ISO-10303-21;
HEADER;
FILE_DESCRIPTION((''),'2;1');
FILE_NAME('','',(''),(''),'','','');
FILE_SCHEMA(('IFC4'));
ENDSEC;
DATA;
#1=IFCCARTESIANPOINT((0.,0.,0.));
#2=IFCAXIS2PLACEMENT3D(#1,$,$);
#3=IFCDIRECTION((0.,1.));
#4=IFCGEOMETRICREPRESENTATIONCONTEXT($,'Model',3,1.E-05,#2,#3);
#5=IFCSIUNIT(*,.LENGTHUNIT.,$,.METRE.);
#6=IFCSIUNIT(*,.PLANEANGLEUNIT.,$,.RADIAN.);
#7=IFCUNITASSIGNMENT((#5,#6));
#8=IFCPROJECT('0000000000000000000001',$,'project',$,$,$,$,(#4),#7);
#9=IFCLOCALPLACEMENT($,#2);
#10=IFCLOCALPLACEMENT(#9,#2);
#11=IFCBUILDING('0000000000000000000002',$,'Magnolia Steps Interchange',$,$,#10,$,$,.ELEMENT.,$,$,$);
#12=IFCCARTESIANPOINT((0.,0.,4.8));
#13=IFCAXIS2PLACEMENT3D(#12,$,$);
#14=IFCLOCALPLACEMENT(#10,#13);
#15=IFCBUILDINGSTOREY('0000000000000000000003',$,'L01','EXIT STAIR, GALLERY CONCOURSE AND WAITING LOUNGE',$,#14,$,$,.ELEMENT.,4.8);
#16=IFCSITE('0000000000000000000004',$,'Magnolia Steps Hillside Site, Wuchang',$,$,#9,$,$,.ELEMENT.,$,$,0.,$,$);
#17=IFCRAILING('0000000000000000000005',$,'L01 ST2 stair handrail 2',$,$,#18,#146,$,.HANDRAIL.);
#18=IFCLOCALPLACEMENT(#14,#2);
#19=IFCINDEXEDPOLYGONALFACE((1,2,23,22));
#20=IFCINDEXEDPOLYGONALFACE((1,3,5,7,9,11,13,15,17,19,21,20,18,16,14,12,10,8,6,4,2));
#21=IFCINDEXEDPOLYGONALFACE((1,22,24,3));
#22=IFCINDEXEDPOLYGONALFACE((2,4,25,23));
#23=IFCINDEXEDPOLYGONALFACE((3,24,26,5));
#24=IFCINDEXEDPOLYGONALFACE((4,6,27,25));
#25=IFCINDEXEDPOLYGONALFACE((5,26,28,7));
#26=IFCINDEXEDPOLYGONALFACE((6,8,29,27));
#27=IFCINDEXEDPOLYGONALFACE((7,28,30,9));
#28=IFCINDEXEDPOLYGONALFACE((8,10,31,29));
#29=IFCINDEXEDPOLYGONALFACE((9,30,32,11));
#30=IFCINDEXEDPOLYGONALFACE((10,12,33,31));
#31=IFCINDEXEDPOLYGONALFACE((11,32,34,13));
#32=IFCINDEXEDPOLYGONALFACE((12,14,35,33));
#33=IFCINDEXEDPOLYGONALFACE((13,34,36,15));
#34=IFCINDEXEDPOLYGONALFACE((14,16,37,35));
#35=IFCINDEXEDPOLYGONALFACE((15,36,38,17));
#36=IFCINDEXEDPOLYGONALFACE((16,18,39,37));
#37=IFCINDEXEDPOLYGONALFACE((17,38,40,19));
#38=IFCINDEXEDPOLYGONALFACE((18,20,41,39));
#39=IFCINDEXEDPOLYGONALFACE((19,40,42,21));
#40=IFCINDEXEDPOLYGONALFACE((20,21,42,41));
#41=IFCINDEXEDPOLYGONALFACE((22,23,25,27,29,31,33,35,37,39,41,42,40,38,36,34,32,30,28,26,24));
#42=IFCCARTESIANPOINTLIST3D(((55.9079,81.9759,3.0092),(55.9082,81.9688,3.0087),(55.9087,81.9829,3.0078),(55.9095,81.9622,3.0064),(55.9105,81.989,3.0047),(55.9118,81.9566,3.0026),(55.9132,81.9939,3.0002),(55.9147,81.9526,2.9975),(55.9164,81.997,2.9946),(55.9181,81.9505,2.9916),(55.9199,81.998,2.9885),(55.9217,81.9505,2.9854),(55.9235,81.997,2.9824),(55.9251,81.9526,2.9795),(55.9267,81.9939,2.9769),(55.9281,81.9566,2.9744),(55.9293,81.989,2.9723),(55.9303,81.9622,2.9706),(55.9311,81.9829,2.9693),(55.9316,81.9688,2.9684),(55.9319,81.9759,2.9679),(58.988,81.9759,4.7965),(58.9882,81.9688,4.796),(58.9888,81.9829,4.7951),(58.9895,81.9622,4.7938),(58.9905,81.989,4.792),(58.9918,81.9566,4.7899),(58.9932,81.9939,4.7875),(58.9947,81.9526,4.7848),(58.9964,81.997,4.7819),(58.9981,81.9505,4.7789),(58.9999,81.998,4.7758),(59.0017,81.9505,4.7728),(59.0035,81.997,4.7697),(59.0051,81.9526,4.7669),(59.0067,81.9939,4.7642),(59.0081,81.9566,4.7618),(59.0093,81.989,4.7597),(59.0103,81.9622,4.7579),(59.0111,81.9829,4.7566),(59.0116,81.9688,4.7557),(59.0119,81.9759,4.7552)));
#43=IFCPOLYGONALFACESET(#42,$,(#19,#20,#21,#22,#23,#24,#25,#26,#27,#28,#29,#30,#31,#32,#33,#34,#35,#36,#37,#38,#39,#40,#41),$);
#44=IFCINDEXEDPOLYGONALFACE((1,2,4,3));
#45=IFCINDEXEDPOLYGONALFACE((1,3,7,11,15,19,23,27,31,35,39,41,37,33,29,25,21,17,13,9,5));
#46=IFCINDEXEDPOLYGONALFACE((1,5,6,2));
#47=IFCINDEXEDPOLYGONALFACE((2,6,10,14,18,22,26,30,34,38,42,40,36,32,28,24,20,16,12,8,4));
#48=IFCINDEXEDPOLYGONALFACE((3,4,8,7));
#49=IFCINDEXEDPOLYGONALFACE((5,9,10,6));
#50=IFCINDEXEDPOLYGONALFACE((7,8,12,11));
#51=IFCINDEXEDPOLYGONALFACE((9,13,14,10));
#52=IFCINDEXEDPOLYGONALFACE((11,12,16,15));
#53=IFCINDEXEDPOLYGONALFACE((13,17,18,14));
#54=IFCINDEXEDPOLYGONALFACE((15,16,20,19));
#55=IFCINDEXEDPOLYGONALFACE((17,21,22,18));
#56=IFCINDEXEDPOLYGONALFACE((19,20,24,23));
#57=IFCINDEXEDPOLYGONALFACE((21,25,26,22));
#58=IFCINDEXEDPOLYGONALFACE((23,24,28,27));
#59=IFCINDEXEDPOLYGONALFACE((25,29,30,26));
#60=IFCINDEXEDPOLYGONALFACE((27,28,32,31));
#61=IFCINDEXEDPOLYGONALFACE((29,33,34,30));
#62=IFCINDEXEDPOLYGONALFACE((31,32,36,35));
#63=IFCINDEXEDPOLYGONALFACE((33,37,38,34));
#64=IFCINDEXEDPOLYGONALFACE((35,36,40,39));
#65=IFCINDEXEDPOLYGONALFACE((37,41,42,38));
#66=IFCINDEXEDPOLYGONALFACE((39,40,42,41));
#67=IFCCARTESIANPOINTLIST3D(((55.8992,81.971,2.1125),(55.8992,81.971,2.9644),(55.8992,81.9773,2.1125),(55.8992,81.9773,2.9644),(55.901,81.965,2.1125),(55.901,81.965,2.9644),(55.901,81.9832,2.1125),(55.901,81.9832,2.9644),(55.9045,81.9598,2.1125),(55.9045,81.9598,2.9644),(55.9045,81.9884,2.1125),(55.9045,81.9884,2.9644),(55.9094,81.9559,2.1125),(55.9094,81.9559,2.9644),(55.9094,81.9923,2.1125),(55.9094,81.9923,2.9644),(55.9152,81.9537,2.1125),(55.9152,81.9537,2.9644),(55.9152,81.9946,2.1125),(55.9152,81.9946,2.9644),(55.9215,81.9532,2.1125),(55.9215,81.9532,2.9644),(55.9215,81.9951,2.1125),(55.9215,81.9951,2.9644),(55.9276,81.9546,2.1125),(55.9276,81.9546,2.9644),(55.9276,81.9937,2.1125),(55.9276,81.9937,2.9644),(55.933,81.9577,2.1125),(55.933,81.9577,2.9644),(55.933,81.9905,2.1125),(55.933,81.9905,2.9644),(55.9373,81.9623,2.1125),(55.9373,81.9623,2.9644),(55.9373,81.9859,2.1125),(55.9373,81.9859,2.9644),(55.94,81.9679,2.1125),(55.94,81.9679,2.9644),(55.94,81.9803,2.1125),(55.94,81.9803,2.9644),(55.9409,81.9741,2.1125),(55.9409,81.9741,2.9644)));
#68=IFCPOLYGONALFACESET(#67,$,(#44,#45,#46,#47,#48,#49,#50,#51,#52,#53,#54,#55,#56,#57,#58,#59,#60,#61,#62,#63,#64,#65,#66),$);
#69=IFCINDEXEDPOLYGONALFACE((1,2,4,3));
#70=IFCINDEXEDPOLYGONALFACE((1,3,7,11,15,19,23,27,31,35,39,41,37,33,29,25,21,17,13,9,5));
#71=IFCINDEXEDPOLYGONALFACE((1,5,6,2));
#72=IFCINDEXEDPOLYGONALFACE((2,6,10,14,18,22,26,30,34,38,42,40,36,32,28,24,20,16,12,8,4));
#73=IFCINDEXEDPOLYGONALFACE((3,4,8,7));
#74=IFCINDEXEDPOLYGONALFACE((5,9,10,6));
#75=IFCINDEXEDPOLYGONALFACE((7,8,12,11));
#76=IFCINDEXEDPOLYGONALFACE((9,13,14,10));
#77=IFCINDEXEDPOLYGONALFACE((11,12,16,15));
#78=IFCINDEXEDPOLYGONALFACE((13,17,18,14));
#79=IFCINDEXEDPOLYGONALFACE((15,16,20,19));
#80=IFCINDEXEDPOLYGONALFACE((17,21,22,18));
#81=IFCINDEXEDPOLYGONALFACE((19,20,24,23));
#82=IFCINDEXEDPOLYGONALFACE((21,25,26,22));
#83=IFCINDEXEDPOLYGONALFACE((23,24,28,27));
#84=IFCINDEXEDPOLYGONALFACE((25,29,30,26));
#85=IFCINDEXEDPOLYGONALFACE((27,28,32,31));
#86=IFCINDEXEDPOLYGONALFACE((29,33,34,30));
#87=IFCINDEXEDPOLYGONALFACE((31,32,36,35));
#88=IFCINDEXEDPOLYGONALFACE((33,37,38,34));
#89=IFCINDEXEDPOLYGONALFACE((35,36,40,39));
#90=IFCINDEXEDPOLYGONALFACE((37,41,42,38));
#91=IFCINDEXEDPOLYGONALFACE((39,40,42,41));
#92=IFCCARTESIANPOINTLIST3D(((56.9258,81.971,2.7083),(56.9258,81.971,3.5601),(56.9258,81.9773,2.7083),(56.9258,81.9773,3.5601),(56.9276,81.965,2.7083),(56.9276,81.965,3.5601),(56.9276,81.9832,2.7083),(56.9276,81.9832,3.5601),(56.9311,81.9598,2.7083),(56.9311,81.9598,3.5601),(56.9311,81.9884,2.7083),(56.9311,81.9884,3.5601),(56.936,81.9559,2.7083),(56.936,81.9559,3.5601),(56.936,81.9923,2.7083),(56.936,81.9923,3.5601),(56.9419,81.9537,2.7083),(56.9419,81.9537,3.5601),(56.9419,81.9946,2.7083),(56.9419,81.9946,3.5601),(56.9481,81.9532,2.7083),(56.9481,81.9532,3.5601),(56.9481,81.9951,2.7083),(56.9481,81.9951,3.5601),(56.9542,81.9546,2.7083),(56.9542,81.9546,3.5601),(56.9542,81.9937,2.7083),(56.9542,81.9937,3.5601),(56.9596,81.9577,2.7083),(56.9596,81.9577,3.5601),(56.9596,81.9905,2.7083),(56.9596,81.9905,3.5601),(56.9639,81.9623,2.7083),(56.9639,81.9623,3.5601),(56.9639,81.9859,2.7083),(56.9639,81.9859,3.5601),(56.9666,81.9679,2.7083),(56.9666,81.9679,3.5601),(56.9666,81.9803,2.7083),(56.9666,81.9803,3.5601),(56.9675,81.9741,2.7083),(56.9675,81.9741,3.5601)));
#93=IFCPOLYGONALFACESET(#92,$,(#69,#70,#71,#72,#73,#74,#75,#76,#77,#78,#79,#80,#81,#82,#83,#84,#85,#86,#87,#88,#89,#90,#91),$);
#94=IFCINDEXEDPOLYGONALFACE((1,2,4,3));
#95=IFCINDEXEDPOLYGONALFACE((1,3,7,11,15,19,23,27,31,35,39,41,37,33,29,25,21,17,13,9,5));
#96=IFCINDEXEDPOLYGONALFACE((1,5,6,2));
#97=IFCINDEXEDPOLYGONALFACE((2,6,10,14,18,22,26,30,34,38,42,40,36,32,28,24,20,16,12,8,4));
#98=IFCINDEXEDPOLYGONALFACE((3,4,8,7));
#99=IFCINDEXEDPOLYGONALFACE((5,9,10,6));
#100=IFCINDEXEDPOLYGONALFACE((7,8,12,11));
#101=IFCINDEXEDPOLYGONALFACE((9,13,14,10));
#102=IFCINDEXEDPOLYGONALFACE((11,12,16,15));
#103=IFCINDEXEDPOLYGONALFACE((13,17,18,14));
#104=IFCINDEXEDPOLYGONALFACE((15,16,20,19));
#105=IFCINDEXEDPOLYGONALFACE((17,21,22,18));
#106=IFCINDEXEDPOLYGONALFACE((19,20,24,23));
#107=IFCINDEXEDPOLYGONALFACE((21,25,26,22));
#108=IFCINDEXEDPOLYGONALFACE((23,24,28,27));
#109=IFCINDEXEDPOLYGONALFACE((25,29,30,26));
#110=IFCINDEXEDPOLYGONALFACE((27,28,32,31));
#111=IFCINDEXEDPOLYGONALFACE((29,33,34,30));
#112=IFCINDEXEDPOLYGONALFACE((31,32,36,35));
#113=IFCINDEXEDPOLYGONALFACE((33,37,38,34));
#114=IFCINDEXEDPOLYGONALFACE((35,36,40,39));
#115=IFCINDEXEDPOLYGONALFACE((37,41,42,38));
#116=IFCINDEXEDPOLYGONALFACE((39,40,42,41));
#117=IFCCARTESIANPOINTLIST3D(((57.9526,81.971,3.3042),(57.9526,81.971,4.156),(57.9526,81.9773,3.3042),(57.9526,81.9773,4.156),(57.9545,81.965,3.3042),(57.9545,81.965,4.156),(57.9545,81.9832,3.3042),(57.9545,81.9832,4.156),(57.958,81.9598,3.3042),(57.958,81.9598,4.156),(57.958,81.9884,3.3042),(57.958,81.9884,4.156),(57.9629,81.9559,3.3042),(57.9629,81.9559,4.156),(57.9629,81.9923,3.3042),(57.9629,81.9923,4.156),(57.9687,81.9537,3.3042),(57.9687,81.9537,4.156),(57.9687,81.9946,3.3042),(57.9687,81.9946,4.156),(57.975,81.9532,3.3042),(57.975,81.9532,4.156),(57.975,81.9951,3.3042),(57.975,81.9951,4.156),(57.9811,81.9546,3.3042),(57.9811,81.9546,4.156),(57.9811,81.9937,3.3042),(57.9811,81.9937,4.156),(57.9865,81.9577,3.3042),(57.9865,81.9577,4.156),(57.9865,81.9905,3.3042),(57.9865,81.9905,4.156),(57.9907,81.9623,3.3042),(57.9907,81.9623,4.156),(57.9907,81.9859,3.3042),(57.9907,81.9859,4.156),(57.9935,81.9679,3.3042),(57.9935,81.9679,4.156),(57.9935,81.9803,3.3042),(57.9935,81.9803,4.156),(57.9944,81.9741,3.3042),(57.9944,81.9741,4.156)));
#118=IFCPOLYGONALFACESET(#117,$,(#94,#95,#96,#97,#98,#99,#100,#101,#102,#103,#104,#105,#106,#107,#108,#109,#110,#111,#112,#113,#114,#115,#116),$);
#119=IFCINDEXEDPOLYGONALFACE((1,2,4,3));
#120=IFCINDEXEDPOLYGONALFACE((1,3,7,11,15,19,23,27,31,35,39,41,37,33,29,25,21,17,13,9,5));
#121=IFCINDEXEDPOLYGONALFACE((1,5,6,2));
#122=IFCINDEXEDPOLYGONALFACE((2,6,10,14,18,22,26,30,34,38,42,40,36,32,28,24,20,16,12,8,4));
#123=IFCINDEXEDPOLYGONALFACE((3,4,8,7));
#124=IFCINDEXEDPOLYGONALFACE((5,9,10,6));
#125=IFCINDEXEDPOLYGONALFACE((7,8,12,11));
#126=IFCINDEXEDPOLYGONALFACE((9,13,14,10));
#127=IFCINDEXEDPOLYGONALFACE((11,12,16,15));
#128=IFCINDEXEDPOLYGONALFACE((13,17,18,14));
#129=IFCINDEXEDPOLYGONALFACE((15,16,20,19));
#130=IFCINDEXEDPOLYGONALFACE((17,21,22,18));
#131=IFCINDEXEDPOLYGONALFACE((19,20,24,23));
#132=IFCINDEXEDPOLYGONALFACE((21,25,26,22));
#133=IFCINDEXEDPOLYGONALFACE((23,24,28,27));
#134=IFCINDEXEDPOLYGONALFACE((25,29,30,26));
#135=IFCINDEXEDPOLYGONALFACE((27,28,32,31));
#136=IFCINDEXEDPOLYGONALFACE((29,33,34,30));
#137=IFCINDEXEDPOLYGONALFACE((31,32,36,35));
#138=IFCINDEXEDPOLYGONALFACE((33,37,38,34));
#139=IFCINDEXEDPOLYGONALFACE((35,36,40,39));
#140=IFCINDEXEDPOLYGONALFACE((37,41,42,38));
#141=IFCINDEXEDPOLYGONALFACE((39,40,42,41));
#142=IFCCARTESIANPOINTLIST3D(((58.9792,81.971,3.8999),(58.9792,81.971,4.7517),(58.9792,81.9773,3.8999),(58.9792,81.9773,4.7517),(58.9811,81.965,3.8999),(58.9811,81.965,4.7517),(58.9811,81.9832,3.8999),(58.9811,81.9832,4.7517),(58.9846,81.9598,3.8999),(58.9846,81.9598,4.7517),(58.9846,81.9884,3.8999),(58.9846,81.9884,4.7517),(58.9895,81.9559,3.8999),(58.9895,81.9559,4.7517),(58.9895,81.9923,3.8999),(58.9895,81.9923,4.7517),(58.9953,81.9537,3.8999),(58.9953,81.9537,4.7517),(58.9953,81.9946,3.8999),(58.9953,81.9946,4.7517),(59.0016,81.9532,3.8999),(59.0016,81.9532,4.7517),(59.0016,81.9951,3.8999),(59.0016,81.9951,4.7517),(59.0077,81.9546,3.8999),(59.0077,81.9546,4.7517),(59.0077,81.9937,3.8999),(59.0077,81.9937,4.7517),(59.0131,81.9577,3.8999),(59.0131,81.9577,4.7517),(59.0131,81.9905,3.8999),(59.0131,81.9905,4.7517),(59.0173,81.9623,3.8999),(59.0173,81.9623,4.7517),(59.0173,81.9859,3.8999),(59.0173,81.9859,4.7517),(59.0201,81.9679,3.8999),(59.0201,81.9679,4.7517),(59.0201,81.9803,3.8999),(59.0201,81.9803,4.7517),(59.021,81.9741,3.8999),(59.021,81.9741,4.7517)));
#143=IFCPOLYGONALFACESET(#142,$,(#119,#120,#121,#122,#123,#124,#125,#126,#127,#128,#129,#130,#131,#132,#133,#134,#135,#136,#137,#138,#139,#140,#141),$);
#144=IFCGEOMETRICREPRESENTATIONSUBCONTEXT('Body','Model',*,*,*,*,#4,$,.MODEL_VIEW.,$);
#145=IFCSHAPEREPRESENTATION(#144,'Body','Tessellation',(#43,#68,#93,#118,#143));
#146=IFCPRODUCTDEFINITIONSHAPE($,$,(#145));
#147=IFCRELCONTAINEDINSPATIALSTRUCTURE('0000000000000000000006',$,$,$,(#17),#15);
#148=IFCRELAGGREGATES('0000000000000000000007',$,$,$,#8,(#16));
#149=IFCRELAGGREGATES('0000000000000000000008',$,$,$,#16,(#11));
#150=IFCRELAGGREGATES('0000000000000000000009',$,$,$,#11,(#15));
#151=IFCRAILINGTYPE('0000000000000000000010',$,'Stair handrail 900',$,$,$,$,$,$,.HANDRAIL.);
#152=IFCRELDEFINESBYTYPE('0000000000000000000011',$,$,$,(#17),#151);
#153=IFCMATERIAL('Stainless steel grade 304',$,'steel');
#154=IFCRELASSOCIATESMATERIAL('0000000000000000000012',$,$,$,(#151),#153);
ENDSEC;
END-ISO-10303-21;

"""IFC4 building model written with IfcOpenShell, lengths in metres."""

from ifc_helpers import new_model, si_unit, direction, frame, origin, origin_2d, place, context, subcontext, project, spatial, circle, extrude, material, type_object, element, save


model = new_model("IFC4")

# Units and contexts
model_context = context("Model", 3, precision=1e-05, world=origin(), true_north=direction((0.0, 1.0)))
body_context = subcontext(model_context, "Body", "Model", "MODEL_VIEW")
ifc_project = project(units=[si_unit("LENGTHUNIT", "METRE"), si_unit("PLANEANGLEUNIT", "RADIAN")], contexts=[model_context])

# Site, building, storey
site_placement = place(None, origin())
site = spatial("IfcSite", under=ifc_project, at=site_placement, Name="Magnolia Steps Hillside Site, Wuchang", CompositionType="ELEMENT", RefElevation=0.0)
building_placement = place(site_placement, origin())
building = spatial("IfcBuilding", under=site, at=building_placement, Name="Magnolia Steps Interchange", CompositionType="ELEMENT")
storey_placement = place(building_placement, frame((0.0, 0.0, 4.8)))
storey = spatial("IfcBuildingStorey", under=building, at=storey_placement, Name="L01", Description="EXIT STAIR, GALLERY CONCOURSE AND WAITING LOUNGE", CompositionType="ELEMENT", Elevation=4.8)

# Railing
ifc_material_1 = material(Name="Stainless steel grade 304", Category="steel")
railing_type_1 = type_object("IfcRailingType", Name="Stair handrail 900", PredefinedType="HANDRAIL", material=ifc_material_1)
railing_1_placement = place(storey_placement, frame((55.9199, 81.9741, 2.1125)))
element("IfcRailing", 1, at=railing_1_placement, inside=storey, type_object=railing_type_1, Name="L01 ST2 stair handrail 2", PredefinedType="HANDRAIL", context=body_context, shape_type="SweptSolid", body=[
    extrude(circle(Radius=0.0239, at=origin_2d()), frame((0.0, 0.0, 0.876), z_axis=(0.86492, 0.0, 0.501909), x_axis=(0.0, 1.0, 0.0)), (0.0, 0.0, 1.0), 3.561),
    extrude(circle(Radius=0.021, at=origin_2d()), origin(), (0.0, 0.0, 1.0), 0.8518),
    extrude(circle(Radius=0.021, at=origin_2d()), frame((1.0266, 0.0, 0.5957)), (0.0, 0.0, 1.0), 0.8518),
    extrude(circle(Radius=0.021, at=origin_2d()), frame((2.0535, 0.0, 1.1917)), (0.0, 0.0, 1.0), 0.8518),
    extrude(circle(Radius=0.021, at=origin_2d()), frame((3.0801, 0.0, 1.7874)), (0.0, 0.0, 1.0), 0.8518),
])

save(model, "model.ifc")
